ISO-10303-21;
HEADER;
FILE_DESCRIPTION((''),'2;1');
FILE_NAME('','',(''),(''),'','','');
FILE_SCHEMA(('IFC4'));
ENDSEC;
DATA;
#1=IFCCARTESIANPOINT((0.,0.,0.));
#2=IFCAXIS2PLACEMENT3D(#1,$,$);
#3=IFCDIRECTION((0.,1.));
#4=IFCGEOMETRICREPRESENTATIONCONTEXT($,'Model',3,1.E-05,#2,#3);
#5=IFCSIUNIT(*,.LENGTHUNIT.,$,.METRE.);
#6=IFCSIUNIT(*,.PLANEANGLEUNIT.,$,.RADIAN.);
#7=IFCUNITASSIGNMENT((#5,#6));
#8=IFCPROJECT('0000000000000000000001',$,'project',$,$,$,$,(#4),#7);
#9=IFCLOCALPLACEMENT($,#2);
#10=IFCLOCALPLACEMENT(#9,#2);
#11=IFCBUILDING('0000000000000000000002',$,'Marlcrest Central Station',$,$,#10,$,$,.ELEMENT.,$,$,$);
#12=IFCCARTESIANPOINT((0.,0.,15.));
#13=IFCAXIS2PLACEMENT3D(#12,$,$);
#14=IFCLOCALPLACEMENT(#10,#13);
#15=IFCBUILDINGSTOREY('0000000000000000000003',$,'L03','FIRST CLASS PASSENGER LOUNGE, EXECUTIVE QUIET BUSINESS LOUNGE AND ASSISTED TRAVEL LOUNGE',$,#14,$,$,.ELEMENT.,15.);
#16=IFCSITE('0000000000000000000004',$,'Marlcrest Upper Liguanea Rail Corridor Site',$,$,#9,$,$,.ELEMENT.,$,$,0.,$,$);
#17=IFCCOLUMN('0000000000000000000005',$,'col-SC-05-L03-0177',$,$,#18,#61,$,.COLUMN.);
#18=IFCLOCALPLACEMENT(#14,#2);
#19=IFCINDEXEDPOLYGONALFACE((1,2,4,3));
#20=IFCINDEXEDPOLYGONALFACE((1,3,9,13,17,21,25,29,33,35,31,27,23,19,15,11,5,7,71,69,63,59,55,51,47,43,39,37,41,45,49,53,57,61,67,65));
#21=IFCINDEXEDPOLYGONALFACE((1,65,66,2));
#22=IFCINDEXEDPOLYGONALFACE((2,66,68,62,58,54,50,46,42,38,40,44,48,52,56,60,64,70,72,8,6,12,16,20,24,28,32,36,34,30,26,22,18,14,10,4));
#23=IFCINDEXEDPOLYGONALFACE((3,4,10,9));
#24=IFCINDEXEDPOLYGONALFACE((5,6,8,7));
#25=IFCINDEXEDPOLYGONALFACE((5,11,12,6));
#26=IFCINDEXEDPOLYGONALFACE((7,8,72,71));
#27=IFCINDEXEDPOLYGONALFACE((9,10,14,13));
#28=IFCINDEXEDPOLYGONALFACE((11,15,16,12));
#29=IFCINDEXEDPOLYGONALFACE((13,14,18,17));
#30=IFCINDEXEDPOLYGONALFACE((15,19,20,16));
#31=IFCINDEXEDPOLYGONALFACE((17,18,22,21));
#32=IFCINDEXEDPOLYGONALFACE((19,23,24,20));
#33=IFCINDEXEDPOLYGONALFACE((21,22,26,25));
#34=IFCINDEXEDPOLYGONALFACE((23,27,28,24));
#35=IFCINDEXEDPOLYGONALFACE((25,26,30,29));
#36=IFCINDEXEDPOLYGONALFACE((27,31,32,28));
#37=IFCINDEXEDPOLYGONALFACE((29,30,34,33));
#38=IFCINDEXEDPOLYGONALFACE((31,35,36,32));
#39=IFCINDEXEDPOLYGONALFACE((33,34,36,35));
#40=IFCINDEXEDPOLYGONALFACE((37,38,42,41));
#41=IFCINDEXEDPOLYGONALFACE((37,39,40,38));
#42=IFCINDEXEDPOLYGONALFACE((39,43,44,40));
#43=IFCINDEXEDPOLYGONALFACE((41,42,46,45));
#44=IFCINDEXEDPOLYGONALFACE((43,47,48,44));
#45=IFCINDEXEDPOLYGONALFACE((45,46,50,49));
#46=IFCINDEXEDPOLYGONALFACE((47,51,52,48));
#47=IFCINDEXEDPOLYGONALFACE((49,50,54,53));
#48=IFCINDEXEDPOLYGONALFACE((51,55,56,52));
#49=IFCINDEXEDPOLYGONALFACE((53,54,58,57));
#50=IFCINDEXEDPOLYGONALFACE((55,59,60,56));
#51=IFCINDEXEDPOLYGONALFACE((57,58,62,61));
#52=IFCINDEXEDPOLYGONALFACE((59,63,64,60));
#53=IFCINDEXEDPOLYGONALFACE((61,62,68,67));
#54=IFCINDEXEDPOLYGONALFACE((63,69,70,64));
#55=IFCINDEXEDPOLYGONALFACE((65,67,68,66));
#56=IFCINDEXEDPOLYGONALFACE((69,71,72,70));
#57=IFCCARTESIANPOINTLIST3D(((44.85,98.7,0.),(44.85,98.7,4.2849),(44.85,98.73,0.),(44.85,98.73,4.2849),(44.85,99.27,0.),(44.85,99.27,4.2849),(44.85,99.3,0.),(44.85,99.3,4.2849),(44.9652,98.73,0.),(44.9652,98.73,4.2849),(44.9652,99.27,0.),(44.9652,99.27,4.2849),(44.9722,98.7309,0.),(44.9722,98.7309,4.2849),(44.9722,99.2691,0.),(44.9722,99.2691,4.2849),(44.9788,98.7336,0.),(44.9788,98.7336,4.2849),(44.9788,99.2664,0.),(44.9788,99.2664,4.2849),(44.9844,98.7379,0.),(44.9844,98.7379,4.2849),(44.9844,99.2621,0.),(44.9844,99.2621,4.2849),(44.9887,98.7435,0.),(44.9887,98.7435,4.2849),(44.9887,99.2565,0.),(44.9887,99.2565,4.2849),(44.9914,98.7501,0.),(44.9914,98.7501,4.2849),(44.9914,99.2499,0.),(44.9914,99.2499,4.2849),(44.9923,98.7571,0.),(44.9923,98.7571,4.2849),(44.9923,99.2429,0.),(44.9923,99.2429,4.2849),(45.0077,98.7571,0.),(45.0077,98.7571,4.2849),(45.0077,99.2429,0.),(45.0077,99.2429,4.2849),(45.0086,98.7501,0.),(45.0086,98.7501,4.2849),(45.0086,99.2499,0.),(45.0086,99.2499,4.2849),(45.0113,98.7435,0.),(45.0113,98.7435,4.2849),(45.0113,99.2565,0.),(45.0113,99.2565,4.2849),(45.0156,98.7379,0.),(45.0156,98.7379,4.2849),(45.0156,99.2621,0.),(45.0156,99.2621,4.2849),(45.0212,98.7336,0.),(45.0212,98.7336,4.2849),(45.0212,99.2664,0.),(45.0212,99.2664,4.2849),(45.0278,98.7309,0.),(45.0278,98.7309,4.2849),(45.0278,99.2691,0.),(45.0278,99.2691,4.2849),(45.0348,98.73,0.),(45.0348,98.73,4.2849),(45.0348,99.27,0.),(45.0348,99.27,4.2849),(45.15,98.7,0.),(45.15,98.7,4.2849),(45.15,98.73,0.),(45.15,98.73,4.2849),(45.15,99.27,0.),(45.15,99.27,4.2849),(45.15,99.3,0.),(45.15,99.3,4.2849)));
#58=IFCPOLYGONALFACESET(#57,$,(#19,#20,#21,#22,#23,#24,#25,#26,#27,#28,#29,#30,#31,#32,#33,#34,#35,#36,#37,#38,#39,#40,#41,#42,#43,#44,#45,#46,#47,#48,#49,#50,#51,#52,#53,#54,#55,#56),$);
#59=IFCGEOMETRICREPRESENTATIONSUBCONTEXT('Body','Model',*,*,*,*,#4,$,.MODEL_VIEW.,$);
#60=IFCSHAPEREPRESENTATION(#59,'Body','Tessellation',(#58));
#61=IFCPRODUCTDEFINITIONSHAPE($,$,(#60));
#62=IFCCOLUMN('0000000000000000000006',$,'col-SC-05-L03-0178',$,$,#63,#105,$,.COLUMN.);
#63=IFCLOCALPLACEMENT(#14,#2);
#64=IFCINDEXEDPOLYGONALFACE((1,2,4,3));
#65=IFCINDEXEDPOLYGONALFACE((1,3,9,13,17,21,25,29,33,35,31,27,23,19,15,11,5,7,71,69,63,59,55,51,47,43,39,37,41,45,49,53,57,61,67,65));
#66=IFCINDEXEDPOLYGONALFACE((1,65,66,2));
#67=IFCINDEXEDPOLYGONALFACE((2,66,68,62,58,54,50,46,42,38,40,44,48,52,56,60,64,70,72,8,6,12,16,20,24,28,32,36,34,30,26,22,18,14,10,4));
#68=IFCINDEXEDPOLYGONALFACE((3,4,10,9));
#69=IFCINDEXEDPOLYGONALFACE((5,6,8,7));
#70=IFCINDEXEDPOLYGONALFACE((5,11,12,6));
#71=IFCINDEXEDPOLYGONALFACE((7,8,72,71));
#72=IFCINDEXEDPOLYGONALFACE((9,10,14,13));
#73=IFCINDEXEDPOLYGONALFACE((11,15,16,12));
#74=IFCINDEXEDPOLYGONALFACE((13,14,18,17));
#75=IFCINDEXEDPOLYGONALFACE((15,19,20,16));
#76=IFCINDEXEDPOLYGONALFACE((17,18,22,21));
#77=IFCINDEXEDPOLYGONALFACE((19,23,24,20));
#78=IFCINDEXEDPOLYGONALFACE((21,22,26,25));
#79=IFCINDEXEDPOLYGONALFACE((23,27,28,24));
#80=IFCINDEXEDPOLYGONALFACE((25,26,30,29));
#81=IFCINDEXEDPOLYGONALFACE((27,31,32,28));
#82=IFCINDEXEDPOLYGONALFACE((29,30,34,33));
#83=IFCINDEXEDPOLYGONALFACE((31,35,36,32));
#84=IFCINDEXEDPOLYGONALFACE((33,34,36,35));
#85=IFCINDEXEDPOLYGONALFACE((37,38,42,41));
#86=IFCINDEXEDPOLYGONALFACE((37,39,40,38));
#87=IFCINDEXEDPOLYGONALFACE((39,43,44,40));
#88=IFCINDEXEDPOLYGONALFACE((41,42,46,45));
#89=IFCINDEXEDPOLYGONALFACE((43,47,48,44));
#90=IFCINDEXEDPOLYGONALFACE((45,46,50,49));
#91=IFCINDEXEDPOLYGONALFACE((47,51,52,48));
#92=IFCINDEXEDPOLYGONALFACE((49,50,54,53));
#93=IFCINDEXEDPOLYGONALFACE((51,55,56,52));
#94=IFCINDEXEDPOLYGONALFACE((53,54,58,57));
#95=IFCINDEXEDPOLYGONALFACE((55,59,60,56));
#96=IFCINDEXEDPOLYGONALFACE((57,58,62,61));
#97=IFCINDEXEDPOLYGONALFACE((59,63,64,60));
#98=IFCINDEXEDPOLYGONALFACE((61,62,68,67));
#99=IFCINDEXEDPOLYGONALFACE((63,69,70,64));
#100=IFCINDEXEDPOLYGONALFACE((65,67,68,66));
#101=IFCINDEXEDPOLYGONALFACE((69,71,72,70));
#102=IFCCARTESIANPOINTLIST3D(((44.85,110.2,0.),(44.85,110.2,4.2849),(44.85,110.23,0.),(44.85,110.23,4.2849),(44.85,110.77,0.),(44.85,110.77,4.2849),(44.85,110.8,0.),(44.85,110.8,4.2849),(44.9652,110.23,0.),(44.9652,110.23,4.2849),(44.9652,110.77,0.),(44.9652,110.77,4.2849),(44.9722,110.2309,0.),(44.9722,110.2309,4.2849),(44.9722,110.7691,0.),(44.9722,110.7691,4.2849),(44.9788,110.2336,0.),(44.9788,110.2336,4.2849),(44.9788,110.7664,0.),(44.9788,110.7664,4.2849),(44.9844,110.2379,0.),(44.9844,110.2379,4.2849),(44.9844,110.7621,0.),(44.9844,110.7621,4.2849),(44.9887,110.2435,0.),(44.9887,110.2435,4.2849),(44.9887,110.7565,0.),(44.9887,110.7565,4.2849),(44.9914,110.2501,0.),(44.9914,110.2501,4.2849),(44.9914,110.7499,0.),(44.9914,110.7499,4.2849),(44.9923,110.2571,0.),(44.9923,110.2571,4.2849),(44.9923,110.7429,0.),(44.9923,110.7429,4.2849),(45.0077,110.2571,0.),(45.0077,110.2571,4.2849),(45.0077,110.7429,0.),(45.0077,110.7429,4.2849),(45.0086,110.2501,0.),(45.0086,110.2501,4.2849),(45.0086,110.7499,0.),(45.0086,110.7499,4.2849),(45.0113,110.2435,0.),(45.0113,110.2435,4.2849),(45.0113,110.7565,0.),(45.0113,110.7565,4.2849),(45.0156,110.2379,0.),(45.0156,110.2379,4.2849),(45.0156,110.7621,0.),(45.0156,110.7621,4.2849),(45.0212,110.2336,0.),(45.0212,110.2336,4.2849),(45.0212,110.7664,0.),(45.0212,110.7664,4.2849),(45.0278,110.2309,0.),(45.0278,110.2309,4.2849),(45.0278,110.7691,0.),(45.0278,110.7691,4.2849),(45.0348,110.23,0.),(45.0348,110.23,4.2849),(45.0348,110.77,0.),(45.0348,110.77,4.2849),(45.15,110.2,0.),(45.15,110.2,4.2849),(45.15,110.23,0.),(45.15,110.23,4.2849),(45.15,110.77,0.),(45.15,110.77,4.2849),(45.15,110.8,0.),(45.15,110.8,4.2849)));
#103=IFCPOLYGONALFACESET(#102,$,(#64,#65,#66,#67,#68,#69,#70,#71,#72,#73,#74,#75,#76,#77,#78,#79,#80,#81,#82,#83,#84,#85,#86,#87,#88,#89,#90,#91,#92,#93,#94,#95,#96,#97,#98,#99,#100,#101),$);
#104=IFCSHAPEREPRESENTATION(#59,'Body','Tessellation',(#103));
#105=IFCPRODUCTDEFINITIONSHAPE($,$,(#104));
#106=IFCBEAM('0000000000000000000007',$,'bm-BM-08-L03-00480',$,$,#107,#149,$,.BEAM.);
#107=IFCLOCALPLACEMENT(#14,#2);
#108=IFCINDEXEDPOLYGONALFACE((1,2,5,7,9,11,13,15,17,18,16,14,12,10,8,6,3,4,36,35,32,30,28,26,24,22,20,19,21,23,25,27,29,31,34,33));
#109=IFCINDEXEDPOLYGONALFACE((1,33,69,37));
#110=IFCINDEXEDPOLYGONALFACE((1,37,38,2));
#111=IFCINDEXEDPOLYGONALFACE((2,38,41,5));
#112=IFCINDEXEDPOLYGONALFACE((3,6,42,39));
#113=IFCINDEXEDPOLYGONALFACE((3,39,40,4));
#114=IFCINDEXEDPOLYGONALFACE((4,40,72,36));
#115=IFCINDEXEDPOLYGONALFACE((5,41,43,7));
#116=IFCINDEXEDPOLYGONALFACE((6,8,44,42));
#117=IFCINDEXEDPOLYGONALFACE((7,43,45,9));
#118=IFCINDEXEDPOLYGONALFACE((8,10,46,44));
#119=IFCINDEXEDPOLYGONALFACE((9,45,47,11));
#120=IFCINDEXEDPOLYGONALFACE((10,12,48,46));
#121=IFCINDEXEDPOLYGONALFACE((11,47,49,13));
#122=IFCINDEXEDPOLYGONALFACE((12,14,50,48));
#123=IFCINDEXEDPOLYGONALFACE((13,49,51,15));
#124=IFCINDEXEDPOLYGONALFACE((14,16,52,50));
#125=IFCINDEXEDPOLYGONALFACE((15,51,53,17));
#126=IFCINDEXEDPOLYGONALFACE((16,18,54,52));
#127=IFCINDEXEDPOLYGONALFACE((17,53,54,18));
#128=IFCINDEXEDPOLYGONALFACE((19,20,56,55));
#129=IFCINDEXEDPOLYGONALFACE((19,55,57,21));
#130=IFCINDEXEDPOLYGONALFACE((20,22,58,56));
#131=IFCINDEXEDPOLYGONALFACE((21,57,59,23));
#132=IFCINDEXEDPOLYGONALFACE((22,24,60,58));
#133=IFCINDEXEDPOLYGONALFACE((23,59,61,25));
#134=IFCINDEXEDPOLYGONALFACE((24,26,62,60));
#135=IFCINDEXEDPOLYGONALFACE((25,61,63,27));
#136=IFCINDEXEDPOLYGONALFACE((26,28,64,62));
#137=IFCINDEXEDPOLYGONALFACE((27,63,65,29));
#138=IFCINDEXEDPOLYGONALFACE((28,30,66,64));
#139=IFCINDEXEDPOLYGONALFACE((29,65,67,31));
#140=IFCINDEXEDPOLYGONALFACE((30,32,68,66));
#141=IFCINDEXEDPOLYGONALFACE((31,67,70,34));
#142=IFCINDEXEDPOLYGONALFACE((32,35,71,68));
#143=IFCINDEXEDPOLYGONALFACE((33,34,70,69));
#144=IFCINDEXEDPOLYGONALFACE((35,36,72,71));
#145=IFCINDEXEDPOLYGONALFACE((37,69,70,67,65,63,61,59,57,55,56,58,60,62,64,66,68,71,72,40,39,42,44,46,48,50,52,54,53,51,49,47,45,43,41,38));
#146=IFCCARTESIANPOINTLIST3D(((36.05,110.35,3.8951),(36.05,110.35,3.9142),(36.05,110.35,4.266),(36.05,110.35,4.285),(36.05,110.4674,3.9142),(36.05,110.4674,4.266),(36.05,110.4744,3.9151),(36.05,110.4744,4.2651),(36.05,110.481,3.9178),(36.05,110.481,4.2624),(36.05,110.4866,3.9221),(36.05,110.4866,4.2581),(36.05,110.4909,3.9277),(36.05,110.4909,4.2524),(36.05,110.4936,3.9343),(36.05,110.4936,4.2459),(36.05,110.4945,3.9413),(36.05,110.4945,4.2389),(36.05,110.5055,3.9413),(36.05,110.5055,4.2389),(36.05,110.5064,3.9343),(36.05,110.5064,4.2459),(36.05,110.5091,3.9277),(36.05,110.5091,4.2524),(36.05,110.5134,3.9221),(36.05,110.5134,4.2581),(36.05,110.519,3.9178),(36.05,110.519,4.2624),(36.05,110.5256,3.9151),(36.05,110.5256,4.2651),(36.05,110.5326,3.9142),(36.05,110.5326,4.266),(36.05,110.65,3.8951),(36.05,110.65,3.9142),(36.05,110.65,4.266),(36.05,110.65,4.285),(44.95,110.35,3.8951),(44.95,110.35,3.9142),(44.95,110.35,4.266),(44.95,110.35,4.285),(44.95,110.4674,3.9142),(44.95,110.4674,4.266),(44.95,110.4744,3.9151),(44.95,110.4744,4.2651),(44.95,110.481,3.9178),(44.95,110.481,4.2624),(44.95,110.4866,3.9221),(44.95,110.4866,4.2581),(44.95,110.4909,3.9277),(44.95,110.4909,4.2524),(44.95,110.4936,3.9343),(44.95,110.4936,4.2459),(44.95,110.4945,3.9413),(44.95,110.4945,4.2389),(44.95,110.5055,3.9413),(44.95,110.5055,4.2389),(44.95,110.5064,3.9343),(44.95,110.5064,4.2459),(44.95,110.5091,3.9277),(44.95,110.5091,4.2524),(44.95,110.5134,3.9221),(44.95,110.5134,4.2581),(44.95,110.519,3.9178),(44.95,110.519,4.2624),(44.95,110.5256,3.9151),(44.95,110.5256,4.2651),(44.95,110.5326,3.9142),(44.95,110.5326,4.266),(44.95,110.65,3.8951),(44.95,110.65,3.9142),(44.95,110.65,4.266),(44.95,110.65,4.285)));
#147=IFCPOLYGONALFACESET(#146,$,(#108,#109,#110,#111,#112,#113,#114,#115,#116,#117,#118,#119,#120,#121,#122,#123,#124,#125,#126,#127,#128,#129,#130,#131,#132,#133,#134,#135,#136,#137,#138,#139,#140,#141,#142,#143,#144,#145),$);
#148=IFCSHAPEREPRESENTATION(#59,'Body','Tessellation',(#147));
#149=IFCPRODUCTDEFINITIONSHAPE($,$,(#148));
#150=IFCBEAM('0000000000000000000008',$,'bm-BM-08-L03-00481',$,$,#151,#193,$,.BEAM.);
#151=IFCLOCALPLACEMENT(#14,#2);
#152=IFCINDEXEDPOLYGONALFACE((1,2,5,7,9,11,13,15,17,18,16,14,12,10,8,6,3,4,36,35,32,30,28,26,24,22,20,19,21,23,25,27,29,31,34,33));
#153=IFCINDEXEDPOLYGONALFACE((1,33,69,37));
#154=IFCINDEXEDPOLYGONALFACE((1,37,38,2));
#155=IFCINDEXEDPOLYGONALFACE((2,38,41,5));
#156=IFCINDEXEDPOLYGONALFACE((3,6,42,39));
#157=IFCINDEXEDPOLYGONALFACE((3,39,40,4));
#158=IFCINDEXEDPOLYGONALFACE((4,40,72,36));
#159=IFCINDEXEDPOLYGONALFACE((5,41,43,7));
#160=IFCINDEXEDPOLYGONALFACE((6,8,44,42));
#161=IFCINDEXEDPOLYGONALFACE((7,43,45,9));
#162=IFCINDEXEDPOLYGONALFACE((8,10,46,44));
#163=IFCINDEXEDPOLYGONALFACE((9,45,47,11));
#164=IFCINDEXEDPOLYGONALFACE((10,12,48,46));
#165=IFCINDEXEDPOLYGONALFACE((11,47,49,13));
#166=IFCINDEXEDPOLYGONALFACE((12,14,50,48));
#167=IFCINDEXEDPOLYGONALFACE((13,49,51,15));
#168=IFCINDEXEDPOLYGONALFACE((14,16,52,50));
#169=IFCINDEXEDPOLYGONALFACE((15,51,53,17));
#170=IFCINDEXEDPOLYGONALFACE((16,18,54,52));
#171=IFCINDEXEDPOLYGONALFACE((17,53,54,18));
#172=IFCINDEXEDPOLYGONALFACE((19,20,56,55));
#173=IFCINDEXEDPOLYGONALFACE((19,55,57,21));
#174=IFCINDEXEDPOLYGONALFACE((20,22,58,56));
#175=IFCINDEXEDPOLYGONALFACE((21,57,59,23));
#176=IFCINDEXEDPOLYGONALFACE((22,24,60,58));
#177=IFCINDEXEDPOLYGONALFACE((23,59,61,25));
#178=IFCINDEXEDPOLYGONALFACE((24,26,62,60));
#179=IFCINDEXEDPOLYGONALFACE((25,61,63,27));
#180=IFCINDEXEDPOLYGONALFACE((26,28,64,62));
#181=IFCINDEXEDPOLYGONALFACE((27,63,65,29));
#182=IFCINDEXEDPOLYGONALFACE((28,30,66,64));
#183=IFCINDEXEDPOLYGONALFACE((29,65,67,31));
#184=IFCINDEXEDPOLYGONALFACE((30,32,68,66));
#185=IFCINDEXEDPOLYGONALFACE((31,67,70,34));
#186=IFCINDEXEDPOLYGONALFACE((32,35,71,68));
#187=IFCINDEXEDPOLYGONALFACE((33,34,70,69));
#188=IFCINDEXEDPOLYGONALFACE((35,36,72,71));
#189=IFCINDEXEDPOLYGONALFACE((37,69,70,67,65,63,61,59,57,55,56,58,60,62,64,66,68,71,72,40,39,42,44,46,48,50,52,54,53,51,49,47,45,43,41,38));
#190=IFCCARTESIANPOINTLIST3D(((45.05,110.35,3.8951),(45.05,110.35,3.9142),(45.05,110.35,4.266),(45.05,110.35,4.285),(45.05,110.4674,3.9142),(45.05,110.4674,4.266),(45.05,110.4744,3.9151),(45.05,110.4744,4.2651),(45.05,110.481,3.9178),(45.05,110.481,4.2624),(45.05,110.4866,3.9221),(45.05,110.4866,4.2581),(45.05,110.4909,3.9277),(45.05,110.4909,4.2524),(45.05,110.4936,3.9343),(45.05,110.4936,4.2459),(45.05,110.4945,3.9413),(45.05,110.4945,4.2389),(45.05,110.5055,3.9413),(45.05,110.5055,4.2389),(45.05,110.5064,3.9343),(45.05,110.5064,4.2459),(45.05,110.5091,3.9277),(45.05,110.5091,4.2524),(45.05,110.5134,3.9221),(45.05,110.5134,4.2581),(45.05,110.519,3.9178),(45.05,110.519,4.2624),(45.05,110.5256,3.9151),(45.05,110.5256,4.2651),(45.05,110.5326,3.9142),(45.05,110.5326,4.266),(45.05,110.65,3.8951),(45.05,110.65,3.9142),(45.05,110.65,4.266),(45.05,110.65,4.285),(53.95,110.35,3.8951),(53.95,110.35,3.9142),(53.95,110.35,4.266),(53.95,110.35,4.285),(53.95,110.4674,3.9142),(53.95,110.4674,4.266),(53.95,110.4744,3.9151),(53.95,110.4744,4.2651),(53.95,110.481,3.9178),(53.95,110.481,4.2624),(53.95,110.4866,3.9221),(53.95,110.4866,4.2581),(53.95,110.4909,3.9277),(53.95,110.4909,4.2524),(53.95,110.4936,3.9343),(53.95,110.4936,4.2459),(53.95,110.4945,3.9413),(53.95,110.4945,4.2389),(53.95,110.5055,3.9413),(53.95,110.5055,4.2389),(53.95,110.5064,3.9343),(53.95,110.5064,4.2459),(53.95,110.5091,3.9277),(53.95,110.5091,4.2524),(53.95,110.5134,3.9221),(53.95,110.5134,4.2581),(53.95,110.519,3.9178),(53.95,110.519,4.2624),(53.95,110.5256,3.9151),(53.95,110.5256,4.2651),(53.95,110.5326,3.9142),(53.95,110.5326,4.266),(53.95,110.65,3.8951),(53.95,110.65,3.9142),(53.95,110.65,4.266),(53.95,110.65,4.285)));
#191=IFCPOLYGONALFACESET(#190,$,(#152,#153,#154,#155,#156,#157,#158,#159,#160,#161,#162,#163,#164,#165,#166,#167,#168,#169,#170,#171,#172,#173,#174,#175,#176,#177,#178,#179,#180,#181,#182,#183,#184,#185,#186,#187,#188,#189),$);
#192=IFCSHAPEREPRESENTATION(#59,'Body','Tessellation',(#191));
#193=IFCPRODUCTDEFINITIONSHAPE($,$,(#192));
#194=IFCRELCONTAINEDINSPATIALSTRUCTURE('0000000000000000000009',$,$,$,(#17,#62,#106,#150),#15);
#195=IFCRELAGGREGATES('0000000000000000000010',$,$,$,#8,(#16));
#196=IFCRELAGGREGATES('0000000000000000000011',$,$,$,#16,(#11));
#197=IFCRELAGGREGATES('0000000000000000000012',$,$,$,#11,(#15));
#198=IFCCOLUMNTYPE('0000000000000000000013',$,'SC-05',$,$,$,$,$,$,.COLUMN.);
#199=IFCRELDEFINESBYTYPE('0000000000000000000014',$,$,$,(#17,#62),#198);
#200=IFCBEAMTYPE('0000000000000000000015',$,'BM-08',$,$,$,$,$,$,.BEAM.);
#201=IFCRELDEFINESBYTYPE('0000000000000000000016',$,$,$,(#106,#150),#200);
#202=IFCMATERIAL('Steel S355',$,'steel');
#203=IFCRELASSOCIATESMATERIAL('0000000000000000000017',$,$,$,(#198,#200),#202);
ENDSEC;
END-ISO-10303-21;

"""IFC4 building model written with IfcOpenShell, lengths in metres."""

from ifc_helpers import new_model, si_unit, direction, frame, origin, origin_2d, place, context, subcontext, project, spatial, i_section, extrude, material, material_profile, profile_set, type_object, element, save


model = new_model("IFC4")

# Units and contexts
model_context = context("Model", 3, precision=1e-05, world=origin(), true_north=direction((0.0, 1.0)))
body_context = subcontext(model_context, "Body", "Model", "MODEL_VIEW")
ifc_project = project(units=[si_unit("LENGTHUNIT", "METRE"), si_unit("PLANEANGLEUNIT", "RADIAN")], contexts=[model_context])

# Site, building, storey
site_placement = place(None, origin())
site = spatial("IfcSite", under=ifc_project, at=site_placement, Name="Marlcrest Upper Liguanea Rail Corridor Site", CompositionType="ELEMENT", RefElevation=0.0)
building_placement = place(site_placement, origin())
building = spatial("IfcBuilding", under=site, at=building_placement, Name="Marlcrest Central Station", CompositionType="ELEMENT")
storey_placement = place(building_placement, frame((0.0, 0.0, 15.0)))
storey = spatial("IfcBuildingStorey", under=building, at=storey_placement, Name="L03", Description="FIRST CLASS PASSENGER LOUNGE, EXECUTIVE QUIET BUSINESS LOUNGE AND ASSISTED TRAVEL LOUNGE", CompositionType="ELEMENT", Elevation=15.0)

# Columns
ifc_material_1 = material(Name="Steel S355", Category="steel")
ifc_material_profile_1 = material_profile(ifc_material_1, i_section(OverallWidth=0.3, OverallDepth=0.6001, WebThickness=0.0154, FlangeThickness=0.03, FilletRadius=0.0271, at=origin_2d()), Name="HEB 600")
ifc_profile_set_1 = profile_set([ifc_material_profile_1], Name="Steel S355")
column_type = type_object("IfcColumnType", Name="SC-05", PredefinedType="COLUMN", material=ifc_profile_set_1)
for number, where, z_axis, x_axis, name in (
    (1, (45.0, 99.0, 0.0), (0.0, 0.0, 1.0), (1.0, 0.0, 0.0), "col-SC-05-L03-0177"),
    (2, (45.0, 110.5, 0.0), (0.0, 0.0, 1.0), (1.0, 0.0, 0.0), "col-SC-05-L03-0178"),
):
    element("IfcColumn", number, at=place(storey_placement, frame(where, z_axis=z_axis, x_axis=x_axis)), inside=storey, type_object=column_type, Name=name, PredefinedType="COLUMN", context=body_context, shape_type="SweptSolid", body=[
        extrude(i_section(OverallWidth=0.3, OverallDepth=0.6001, WebThickness=0.0154, FlangeThickness=0.03, FilletRadius=0.0271, at=origin_2d()), origin(), (0.0, 0.0, 1.0), 4.2849),
    ])

# Beams
ifc_material_profile_2 = material_profile(ifc_material_1, i_section(OverallWidth=0.3, OverallDepth=0.3899, WebThickness=0.011, FlangeThickness=0.019, FilletRadius=0.0271, at=origin_2d()), Name="HEA 400")
ifc_profile_set_2 = profile_set([ifc_material_profile_2], Name="Steel S355")
beam_type_1 = type_object("IfcBeamType", Name="BM-08", PredefinedType="BEAM", material=ifc_profile_set_2)
for number, where, z_axis, x_axis, name in (
    (3, (36.05, 110.5, 4.0901), (1.0, 0.0, 0.0), (0.0, 1.0, 0.0), "bm-BM-08-L03-00480"),
    (4, (45.05, 110.5, 4.0901), (1.0, 0.0, 0.0), (0.0, 1.0, 0.0), "bm-BM-08-L03-00481"),
):
    element("IfcBeam", number, at=place(storey_placement, frame(where, z_axis=z_axis, x_axis=x_axis)), inside=storey, type_object=beam_type_1, Name=name, PredefinedType="BEAM", context=body_context, shape_type="SweptSolid", body=[
        extrude(i_section(OverallWidth=0.3, OverallDepth=0.3899, WebThickness=0.011, FlangeThickness=0.019, FilletRadius=0.0271, at=origin_2d()), origin(), (0.0, 0.0, 1.0), 8.8999),
    ])

save(model, "model.ifc")
